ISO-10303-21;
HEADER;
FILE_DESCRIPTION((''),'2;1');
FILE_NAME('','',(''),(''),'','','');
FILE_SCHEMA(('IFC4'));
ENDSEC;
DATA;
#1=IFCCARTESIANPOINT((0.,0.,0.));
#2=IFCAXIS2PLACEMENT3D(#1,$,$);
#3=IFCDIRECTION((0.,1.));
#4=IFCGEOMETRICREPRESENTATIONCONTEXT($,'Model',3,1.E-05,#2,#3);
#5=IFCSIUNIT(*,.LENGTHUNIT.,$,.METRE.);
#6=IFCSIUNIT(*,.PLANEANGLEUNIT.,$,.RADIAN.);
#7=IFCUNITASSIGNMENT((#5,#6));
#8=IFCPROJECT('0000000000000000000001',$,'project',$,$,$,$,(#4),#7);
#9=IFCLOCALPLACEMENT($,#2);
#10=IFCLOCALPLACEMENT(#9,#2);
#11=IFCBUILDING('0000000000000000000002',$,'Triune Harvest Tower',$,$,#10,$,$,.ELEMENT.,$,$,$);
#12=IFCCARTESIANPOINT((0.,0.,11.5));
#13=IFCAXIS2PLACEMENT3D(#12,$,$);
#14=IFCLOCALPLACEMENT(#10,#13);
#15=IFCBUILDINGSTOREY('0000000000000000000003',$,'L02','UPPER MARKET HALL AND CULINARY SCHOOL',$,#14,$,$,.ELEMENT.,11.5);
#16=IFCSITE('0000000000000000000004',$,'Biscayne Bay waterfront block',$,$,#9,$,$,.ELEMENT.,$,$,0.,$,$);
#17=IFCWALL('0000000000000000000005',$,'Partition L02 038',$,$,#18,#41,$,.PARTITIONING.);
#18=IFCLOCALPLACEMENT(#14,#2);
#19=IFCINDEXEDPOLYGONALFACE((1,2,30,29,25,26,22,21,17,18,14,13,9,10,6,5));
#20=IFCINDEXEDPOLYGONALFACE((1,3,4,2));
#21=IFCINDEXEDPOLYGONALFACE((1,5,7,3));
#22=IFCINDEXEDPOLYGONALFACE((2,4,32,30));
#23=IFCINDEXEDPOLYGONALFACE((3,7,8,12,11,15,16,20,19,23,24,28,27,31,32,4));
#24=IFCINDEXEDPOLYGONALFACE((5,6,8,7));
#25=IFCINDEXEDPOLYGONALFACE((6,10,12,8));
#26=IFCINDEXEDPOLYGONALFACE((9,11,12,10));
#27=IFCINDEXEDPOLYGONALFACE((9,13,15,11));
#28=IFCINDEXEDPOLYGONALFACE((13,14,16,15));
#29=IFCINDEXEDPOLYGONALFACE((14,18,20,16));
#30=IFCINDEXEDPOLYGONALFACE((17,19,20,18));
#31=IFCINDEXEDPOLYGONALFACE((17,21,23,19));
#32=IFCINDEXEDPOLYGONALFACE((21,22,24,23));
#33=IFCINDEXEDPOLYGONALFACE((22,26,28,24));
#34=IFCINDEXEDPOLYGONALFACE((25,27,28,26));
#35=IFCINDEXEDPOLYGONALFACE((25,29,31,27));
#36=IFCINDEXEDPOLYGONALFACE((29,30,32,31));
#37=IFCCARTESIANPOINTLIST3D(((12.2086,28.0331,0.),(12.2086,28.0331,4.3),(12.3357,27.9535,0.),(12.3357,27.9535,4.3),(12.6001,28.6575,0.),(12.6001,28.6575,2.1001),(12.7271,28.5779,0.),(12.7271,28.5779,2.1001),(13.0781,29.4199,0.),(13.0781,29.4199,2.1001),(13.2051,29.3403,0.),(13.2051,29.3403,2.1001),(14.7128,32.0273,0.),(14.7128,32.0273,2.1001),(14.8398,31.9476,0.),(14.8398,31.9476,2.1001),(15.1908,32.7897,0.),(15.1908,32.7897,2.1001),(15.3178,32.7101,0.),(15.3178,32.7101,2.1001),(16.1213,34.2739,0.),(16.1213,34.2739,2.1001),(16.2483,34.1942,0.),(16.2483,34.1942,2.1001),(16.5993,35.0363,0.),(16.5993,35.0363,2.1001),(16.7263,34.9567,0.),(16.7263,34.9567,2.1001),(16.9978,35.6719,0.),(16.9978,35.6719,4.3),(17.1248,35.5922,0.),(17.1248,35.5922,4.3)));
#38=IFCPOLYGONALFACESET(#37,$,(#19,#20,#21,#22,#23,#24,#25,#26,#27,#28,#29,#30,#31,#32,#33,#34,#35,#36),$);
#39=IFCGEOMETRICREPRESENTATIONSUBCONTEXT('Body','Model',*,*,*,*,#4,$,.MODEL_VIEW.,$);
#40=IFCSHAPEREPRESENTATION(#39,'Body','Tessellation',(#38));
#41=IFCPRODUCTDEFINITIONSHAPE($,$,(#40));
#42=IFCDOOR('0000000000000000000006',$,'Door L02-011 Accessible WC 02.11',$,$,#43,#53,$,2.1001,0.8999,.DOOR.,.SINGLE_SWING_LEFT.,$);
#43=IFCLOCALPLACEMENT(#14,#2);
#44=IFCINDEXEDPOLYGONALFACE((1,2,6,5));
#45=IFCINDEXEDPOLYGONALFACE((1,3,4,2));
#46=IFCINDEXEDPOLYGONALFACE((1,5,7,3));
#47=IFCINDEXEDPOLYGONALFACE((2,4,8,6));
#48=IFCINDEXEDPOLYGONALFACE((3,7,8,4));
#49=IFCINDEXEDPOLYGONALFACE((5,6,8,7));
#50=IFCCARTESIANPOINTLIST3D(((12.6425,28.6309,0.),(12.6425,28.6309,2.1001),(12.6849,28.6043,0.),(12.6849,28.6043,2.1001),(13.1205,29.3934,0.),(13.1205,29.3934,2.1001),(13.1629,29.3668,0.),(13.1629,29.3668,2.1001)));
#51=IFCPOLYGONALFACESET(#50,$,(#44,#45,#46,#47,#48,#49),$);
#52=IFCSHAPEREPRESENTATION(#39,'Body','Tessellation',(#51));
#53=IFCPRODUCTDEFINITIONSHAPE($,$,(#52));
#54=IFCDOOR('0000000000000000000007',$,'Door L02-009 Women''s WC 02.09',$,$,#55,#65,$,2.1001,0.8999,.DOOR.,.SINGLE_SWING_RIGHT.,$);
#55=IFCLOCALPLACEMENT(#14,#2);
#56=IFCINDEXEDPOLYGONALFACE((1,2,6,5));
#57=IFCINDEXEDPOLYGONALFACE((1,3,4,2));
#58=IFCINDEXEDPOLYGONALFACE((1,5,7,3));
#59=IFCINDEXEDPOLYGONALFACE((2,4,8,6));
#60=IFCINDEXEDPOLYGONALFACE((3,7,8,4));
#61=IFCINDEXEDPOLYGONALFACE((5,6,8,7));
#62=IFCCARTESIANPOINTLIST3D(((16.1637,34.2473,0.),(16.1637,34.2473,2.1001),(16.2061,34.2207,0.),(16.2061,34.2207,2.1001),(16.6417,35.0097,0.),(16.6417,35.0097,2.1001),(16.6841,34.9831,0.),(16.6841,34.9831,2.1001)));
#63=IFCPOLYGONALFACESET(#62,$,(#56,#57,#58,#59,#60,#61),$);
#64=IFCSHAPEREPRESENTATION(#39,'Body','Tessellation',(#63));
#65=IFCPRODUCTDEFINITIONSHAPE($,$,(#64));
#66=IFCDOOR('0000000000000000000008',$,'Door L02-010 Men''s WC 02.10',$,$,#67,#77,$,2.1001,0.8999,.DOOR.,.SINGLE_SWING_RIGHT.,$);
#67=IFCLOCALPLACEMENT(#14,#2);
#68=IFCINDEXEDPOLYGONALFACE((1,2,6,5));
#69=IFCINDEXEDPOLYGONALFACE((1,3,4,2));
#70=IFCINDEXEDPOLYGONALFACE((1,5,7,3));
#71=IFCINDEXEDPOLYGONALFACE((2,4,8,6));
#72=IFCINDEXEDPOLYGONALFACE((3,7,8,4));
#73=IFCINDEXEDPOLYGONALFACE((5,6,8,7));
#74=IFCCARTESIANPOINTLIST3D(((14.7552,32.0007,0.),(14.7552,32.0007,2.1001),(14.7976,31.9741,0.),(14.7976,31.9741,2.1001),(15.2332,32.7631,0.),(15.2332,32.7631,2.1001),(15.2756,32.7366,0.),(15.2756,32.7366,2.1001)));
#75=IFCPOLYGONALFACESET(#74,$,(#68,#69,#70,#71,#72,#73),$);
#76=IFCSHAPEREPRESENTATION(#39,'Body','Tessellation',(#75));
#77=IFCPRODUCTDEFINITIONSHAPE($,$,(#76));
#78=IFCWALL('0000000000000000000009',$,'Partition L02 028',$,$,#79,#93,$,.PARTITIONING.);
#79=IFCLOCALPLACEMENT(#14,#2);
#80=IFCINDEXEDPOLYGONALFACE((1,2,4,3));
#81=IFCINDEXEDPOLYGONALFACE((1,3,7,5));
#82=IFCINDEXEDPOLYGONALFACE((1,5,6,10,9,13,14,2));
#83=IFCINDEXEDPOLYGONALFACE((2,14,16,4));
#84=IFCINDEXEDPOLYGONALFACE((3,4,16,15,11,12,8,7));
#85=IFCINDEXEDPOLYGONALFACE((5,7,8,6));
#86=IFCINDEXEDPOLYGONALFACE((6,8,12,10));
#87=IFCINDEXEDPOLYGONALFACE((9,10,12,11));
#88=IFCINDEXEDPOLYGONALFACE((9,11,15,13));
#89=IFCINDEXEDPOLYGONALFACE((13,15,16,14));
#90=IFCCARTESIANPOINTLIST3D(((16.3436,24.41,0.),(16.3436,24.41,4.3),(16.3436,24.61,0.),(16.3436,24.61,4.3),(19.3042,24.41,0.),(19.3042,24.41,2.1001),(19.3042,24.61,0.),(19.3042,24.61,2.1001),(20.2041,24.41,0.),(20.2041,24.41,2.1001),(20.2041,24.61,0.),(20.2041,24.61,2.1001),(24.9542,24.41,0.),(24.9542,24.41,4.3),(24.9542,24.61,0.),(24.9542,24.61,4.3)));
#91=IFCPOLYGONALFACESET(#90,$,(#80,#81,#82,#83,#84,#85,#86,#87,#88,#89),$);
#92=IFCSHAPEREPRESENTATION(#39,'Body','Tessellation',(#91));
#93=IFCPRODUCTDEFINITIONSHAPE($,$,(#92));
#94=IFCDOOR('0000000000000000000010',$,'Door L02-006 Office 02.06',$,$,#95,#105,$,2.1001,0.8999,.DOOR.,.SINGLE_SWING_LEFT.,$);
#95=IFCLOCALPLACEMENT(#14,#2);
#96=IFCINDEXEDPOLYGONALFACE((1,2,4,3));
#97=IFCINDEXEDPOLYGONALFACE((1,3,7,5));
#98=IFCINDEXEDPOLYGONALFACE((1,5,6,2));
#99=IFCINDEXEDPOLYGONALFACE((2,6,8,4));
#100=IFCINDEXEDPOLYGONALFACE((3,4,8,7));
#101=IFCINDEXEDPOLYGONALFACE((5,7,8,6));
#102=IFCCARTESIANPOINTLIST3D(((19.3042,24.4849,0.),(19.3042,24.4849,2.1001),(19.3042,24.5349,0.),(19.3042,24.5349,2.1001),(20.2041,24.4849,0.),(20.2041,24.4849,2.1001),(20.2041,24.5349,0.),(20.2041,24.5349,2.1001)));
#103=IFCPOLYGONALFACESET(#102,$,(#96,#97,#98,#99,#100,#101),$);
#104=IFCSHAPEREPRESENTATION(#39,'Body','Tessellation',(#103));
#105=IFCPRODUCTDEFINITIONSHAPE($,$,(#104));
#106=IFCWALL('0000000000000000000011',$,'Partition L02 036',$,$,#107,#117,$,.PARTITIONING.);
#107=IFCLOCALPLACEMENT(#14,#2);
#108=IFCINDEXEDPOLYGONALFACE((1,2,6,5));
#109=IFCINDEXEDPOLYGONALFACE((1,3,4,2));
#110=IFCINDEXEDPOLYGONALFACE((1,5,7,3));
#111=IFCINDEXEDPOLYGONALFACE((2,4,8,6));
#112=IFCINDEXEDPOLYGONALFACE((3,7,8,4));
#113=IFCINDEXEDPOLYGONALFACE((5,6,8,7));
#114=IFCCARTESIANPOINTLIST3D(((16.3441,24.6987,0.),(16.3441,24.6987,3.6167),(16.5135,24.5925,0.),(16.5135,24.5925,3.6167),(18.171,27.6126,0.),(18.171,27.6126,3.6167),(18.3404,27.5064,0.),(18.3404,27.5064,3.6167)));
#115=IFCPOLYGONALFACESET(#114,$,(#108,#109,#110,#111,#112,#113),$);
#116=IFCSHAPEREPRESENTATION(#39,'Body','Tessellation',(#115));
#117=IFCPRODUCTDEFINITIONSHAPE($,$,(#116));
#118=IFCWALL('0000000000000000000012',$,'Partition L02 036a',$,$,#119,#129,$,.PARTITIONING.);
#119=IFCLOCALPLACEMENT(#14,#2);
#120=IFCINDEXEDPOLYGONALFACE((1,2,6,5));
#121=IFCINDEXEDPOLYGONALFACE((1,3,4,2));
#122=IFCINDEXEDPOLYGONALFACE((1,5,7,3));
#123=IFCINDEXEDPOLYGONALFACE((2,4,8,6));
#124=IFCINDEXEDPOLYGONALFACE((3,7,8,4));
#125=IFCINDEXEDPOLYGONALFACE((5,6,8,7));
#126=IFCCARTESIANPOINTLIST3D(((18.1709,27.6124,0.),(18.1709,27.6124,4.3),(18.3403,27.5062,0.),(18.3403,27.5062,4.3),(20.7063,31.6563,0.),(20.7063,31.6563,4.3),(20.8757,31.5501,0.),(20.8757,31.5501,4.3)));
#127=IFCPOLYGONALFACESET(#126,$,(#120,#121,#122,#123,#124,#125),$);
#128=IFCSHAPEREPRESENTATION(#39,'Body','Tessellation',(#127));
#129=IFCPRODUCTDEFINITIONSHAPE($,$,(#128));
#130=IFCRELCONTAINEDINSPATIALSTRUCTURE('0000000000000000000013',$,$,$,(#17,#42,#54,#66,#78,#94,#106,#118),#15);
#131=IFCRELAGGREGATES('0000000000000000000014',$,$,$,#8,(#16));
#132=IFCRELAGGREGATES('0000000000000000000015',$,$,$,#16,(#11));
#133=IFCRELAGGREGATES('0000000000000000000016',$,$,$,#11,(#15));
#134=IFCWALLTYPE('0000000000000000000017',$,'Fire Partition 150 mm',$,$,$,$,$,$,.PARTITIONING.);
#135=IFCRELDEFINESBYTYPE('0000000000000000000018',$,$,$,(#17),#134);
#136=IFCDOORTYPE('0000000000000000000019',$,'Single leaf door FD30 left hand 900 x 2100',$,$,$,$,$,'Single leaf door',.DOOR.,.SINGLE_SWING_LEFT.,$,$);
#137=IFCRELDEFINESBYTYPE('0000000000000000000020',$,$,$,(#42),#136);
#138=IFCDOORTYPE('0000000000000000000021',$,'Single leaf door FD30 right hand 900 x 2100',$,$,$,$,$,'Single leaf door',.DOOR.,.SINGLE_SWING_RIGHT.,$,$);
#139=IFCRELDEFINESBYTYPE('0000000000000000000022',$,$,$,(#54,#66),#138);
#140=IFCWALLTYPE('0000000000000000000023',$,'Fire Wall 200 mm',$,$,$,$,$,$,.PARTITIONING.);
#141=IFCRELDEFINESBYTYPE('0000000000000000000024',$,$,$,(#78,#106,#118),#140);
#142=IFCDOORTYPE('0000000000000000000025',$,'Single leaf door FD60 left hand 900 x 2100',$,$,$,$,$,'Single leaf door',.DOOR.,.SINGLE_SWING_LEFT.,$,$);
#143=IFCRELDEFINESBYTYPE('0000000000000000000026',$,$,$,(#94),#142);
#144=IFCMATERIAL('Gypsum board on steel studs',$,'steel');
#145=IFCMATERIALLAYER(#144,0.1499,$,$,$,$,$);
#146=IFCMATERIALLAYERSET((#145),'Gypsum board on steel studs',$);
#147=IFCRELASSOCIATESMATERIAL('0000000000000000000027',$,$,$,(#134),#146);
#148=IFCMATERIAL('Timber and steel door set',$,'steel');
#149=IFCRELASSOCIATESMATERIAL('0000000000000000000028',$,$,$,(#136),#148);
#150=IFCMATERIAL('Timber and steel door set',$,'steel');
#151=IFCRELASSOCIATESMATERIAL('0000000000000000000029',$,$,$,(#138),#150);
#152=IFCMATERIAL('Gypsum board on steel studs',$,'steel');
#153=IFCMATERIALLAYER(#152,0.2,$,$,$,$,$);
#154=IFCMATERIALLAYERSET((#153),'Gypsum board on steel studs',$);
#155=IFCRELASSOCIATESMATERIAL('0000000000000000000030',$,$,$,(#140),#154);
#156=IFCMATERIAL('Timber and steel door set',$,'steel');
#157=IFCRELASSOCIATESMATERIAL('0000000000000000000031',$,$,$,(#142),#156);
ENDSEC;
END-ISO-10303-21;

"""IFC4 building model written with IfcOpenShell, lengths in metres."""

from ifc_helpers import new_model, si_unit, direction, frame, frame_2d, origin, place, context, subcontext, project, spatial, rectangle, extrude, material, layer, layer_set, type_object, element, fill, save


model = new_model("IFC4")

# Units and contexts
model_context = context("Model", 3, precision=1e-05, world=origin(), true_north=direction((0.0, 1.0)))
body_context = subcontext(model_context, "Body", "Model", "MODEL_VIEW")
ifc_project = project(units=[si_unit("LENGTHUNIT", "METRE"), si_unit("PLANEANGLEUNIT", "RADIAN")], contexts=[model_context])

# Site, building, storey
site_placement = place(None, origin())
site = spatial("IfcSite", under=ifc_project, at=site_placement, Name="Biscayne Bay waterfront block", CompositionType="ELEMENT", RefElevation=0.0)
building_placement = place(site_placement, origin())
building = spatial("IfcBuilding", under=site, at=building_placement, Name="Triune Harvest Tower", CompositionType="ELEMENT")
storey_placement = place(building_placement, frame((0.0, 0.0, 11.5)))
storey = spatial("IfcBuildingStorey", under=building, at=storey_placement, Name="L02", Description="UPPER MARKET HALL AND CULINARY SCHOOL", CompositionType="ELEMENT", Elevation=11.5)

# Shared definitions
ifc_material_1 = material(Name="Gypsum board on steel studs", Category="steel")
ifc_layer_1 = layer(ifc_material_1, 0.1499)
ifc_layer_set_1 = layer_set([ifc_layer_1], Name="Gypsum board on steel studs")
wall_type_1 = type_object("IfcWallType", Name="Fire Partition 150 mm", PredefinedType="PARTITIONING", material=ifc_layer_set_1)

# Wall, openings, doors
wall_1_placement = place(storey_placement, frame((12.2722, 27.9934, 0.0), z_axis=(0.0, 0.0, 1.0), x_axis=(0.531186, 0.847255, 0.0)))
wall_1 = element("IfcWall", 1, at=wall_1_placement, inside=storey, type_object=wall_type_1, Name="Partition L02 038", PredefinedType="PARTITIONING", context=body_context, shape_type="SweptSolid", body=[
    extrude(rectangle(XDim=9.0159, YDim=0.1499, at=frame_2d((4.5078, 0.0))), origin(), (0.0, 0.0, 1.0), 4.3),
])
opening_1_placement = place(wall_1_placement, frame((7.3657, 0.0, 0.0)))
opening_1 = element("IfcOpeningElement", 2, at=opening_1_placement, cuts=wall_1, PredefinedType="OPENING", context=body_context, shape_type="SweptSolid", body=[
    extrude(rectangle(XDim=0.8999, YDim=2.1001, at=frame_2d((0.45, 1.05))), frame((0.0, 0.085, 0.0), z_axis=(0.0, -1.0, 0.0), x_axis=(1.0, 0.0, 0.0)), (0.0, 0.0, 1.0), 0.1699),
])
opening_2_placement = place(wall_1_placement, frame((4.7141, 0.0, 0.0)))
opening_2 = element("IfcOpeningElement", 3, at=opening_2_placement, cuts=wall_1, PredefinedType="OPENING", context=body_context, shape_type="SweptSolid", body=[
    extrude(rectangle(XDim=0.8999, YDim=2.1001, at=frame_2d((0.45, 1.05))), frame((0.0, 0.085, 0.0), z_axis=(0.0, -1.0, 0.0), x_axis=(1.0, 0.0, 0.0)), (0.0, 0.0, 1.0), 0.1699),
])
opening_3_placement = place(wall_1_placement, frame((0.7368, 0.0, 0.0)))
opening_3 = element("IfcOpeningElement", 4, at=opening_3_placement, cuts=wall_1, PredefinedType="OPENING", context=body_context, shape_type="SweptSolid", body=[
    extrude(rectangle(XDim=0.8999, YDim=2.1001, at=frame_2d((0.45, 1.05))), frame((0.0, 0.085, 0.0), z_axis=(0.0, -1.0, 0.0), x_axis=(1.0, 0.0, 0.0)), (0.0, 0.0, 1.0), 0.1699),
])
ifc_material_2 = material(Name="Timber and steel door set", Category="steel")
door_type_1 = type_object("IfcDoorType", Name="Single leaf door FD30 left hand 900 x 2100", ElementType="Single leaf door", OperationType="SINGLE_SWING_LEFT", PredefinedType="DOOR", material=ifc_material_2)
door_1_placement = place(opening_3_placement, origin())
door_1 = element("IfcDoor", 5, at=door_1_placement, inside=storey, type_object=door_type_1, Name="Door L02-011 Accessible WC 02.11", OperationType="SINGLE_SWING_LEFT", OverallHeight=2.1001, OverallWidth=0.8999, PredefinedType="DOOR", context=body_context, shape_type="SweptSolid", body=[
    extrude(rectangle(XDim=0.8999, YDim=2.1001, at=frame_2d((0.45, 1.05))), frame((0.0, 0.0249, 0.0), z_axis=(0.0, -1.0, 0.0), x_axis=(1.0, 0.0, 0.0)), (0.0, 0.0, 1.0), 0.05),
])
fill(opening_3, door_1)
ifc_material_3 = material(Name="Timber and steel door set", Category="steel")
door_type_2 = type_object("IfcDoorType", Name="Single leaf door FD30 right hand 900 x 2100", ElementType="Single leaf door", OperationType="SINGLE_SWING_RIGHT", PredefinedType="DOOR", material=ifc_material_3)
door_2_placement = place(opening_1_placement, origin())
door_2 = element("IfcDoor", 6, at=door_2_placement, inside=storey, type_object=door_type_2, Name="Door L02-009 Women's WC 02.09", OperationType="SINGLE_SWING_RIGHT", OverallHeight=2.1001, OverallWidth=0.8999, PredefinedType="DOOR", context=body_context, shape_type="SweptSolid", body=[
    extrude(rectangle(XDim=0.8999, YDim=2.1001, at=frame_2d((0.45, 1.05))), frame((0.0, 0.0249, 0.0), z_axis=(0.0, -1.0, 0.0), x_axis=(1.0, 0.0, 0.0)), (0.0, 0.0, 1.0), 0.05),
])
fill(opening_1, door_2)
door_3_placement = place(opening_2_placement, origin())
door_3 = element("IfcDoor", 7, at=door_3_placement, inside=storey, type_object=door_type_2, Name="Door L02-010 Men's WC 02.10", OperationType="SINGLE_SWING_RIGHT", OverallHeight=2.1001, OverallWidth=0.8999, PredefinedType="DOOR", context=body_context, shape_type="SweptSolid", body=[
    extrude(rectangle(XDim=0.8999, YDim=2.1001, at=frame_2d((0.45, 1.05))), frame((0.0, 0.0249, 0.0), z_axis=(0.0, -1.0, 0.0), x_axis=(1.0, 0.0, 0.0)), (0.0, 0.0, 1.0), 0.05),
])
fill(opening_2, door_3)

# Wall, opening, door
ifc_material_4 = material(Name="Gypsum board on steel studs", Category="steel")
ifc_layer_2 = layer(ifc_material_4, 0.2)
ifc_layer_set_2 = layer_set([ifc_layer_2], Name="Gypsum board on steel studs")
wall_type_2 = type_object("IfcWallType", Name="Fire Wall 200 mm", PredefinedType="PARTITIONING", material=ifc_layer_set_2)
wall_2_placement = place(storey_placement, frame((16.3438, 24.51, 0.0), z_axis=(0.0, 0.0, 1.0), x_axis=(1.0, 0.0, 0.0)))
wall_2 = element("IfcWall", 8, at=wall_2_placement, inside=storey, type_object=wall_type_2, Name="Partition L02 028", PredefinedType="PARTITIONING", context=body_context, shape_type="SweptSolid", body=[
    extrude(rectangle(XDim=8.6106, YDim=0.2, at=frame_2d((4.3052, 0.0))), origin(), (0.0, 0.0, 1.0), 4.3),
])
opening_4_placement = place(wall_2_placement, frame((2.9604, 0.0, 0.0)))
opening_4 = element("IfcOpeningElement", 9, at=opening_4_placement, cuts=wall_2, PredefinedType="OPENING", context=body_context, shape_type="SweptSolid", body=[
    extrude(rectangle(XDim=0.8999, YDim=2.1001, at=frame_2d((0.45, 1.05))), frame((0.0, 0.1099, 0.0), z_axis=(0.0, -1.0, 0.0), x_axis=(1.0, 0.0, 0.0)), (0.0, 0.0, 1.0), 0.22),
])
ifc_material_5 = material(Name="Timber and steel door set", Category="steel")
door_type_3 = type_object("IfcDoorType", Name="Single leaf door FD60 left hand 900 x 2100", ElementType="Single leaf door", OperationType="SINGLE_SWING_LEFT", PredefinedType="DOOR", material=ifc_material_5)
door_4_placement = place(opening_4_placement, origin())
door_4 = element("IfcDoor", 10, at=door_4_placement, inside=storey, type_object=door_type_3, Name="Door L02-006 Office 02.06", OperationType="SINGLE_SWING_LEFT", OverallHeight=2.1001, OverallWidth=0.8999, PredefinedType="DOOR", context=body_context, shape_type="SweptSolid", body=[
    extrude(rectangle(XDim=0.8999, YDim=2.1001, at=frame_2d((0.45, 1.05))), frame((0.0, 0.0249, 0.0), z_axis=(0.0, -1.0, 0.0), x_axis=(1.0, 0.0, 0.0)), (0.0, 0.0, 1.0), 0.05),
])
fill(opening_4, door_4)

# Walls
wall_3_placement = place(storey_placement, frame((16.4287, 24.6455, 0.0), z_axis=(0.0, 0.0, 1.0), x_axis=(0.531204, 0.847244, 0.0)))
element("IfcWall", 11, at=wall_3_placement, inside=storey, type_object=wall_type_2, Name="Partition L02 036", PredefinedType="PARTITIONING", context=body_context, shape_type="SweptSolid", body=[
    extrude(rectangle(XDim=3.4392, YDim=0.2, at=frame_2d((1.7197, 0.0))), origin(), (0.0, 0.0, 1.0), 3.6167),
])
wall_4_placement = place(storey_placement, frame((18.2556, 27.5593, 0.0), z_axis=(0.0, 0.0, 1.0), x_axis=(0.531194, 0.84725, 0.0)))
element("IfcWall", 12, at=wall_4_placement, inside=storey, type_object=wall_type_2, Name="Partition L02 036a", PredefinedType="PARTITIONING", context=body_context, shape_type="SweptSolid", body=[
    extrude(rectangle(XDim=4.7729, YDim=0.2, at=frame_2d((2.3865, 0.0))), origin(), (0.0, 0.0, 1.0), 4.3),
])

save(model, "model.ifc")
